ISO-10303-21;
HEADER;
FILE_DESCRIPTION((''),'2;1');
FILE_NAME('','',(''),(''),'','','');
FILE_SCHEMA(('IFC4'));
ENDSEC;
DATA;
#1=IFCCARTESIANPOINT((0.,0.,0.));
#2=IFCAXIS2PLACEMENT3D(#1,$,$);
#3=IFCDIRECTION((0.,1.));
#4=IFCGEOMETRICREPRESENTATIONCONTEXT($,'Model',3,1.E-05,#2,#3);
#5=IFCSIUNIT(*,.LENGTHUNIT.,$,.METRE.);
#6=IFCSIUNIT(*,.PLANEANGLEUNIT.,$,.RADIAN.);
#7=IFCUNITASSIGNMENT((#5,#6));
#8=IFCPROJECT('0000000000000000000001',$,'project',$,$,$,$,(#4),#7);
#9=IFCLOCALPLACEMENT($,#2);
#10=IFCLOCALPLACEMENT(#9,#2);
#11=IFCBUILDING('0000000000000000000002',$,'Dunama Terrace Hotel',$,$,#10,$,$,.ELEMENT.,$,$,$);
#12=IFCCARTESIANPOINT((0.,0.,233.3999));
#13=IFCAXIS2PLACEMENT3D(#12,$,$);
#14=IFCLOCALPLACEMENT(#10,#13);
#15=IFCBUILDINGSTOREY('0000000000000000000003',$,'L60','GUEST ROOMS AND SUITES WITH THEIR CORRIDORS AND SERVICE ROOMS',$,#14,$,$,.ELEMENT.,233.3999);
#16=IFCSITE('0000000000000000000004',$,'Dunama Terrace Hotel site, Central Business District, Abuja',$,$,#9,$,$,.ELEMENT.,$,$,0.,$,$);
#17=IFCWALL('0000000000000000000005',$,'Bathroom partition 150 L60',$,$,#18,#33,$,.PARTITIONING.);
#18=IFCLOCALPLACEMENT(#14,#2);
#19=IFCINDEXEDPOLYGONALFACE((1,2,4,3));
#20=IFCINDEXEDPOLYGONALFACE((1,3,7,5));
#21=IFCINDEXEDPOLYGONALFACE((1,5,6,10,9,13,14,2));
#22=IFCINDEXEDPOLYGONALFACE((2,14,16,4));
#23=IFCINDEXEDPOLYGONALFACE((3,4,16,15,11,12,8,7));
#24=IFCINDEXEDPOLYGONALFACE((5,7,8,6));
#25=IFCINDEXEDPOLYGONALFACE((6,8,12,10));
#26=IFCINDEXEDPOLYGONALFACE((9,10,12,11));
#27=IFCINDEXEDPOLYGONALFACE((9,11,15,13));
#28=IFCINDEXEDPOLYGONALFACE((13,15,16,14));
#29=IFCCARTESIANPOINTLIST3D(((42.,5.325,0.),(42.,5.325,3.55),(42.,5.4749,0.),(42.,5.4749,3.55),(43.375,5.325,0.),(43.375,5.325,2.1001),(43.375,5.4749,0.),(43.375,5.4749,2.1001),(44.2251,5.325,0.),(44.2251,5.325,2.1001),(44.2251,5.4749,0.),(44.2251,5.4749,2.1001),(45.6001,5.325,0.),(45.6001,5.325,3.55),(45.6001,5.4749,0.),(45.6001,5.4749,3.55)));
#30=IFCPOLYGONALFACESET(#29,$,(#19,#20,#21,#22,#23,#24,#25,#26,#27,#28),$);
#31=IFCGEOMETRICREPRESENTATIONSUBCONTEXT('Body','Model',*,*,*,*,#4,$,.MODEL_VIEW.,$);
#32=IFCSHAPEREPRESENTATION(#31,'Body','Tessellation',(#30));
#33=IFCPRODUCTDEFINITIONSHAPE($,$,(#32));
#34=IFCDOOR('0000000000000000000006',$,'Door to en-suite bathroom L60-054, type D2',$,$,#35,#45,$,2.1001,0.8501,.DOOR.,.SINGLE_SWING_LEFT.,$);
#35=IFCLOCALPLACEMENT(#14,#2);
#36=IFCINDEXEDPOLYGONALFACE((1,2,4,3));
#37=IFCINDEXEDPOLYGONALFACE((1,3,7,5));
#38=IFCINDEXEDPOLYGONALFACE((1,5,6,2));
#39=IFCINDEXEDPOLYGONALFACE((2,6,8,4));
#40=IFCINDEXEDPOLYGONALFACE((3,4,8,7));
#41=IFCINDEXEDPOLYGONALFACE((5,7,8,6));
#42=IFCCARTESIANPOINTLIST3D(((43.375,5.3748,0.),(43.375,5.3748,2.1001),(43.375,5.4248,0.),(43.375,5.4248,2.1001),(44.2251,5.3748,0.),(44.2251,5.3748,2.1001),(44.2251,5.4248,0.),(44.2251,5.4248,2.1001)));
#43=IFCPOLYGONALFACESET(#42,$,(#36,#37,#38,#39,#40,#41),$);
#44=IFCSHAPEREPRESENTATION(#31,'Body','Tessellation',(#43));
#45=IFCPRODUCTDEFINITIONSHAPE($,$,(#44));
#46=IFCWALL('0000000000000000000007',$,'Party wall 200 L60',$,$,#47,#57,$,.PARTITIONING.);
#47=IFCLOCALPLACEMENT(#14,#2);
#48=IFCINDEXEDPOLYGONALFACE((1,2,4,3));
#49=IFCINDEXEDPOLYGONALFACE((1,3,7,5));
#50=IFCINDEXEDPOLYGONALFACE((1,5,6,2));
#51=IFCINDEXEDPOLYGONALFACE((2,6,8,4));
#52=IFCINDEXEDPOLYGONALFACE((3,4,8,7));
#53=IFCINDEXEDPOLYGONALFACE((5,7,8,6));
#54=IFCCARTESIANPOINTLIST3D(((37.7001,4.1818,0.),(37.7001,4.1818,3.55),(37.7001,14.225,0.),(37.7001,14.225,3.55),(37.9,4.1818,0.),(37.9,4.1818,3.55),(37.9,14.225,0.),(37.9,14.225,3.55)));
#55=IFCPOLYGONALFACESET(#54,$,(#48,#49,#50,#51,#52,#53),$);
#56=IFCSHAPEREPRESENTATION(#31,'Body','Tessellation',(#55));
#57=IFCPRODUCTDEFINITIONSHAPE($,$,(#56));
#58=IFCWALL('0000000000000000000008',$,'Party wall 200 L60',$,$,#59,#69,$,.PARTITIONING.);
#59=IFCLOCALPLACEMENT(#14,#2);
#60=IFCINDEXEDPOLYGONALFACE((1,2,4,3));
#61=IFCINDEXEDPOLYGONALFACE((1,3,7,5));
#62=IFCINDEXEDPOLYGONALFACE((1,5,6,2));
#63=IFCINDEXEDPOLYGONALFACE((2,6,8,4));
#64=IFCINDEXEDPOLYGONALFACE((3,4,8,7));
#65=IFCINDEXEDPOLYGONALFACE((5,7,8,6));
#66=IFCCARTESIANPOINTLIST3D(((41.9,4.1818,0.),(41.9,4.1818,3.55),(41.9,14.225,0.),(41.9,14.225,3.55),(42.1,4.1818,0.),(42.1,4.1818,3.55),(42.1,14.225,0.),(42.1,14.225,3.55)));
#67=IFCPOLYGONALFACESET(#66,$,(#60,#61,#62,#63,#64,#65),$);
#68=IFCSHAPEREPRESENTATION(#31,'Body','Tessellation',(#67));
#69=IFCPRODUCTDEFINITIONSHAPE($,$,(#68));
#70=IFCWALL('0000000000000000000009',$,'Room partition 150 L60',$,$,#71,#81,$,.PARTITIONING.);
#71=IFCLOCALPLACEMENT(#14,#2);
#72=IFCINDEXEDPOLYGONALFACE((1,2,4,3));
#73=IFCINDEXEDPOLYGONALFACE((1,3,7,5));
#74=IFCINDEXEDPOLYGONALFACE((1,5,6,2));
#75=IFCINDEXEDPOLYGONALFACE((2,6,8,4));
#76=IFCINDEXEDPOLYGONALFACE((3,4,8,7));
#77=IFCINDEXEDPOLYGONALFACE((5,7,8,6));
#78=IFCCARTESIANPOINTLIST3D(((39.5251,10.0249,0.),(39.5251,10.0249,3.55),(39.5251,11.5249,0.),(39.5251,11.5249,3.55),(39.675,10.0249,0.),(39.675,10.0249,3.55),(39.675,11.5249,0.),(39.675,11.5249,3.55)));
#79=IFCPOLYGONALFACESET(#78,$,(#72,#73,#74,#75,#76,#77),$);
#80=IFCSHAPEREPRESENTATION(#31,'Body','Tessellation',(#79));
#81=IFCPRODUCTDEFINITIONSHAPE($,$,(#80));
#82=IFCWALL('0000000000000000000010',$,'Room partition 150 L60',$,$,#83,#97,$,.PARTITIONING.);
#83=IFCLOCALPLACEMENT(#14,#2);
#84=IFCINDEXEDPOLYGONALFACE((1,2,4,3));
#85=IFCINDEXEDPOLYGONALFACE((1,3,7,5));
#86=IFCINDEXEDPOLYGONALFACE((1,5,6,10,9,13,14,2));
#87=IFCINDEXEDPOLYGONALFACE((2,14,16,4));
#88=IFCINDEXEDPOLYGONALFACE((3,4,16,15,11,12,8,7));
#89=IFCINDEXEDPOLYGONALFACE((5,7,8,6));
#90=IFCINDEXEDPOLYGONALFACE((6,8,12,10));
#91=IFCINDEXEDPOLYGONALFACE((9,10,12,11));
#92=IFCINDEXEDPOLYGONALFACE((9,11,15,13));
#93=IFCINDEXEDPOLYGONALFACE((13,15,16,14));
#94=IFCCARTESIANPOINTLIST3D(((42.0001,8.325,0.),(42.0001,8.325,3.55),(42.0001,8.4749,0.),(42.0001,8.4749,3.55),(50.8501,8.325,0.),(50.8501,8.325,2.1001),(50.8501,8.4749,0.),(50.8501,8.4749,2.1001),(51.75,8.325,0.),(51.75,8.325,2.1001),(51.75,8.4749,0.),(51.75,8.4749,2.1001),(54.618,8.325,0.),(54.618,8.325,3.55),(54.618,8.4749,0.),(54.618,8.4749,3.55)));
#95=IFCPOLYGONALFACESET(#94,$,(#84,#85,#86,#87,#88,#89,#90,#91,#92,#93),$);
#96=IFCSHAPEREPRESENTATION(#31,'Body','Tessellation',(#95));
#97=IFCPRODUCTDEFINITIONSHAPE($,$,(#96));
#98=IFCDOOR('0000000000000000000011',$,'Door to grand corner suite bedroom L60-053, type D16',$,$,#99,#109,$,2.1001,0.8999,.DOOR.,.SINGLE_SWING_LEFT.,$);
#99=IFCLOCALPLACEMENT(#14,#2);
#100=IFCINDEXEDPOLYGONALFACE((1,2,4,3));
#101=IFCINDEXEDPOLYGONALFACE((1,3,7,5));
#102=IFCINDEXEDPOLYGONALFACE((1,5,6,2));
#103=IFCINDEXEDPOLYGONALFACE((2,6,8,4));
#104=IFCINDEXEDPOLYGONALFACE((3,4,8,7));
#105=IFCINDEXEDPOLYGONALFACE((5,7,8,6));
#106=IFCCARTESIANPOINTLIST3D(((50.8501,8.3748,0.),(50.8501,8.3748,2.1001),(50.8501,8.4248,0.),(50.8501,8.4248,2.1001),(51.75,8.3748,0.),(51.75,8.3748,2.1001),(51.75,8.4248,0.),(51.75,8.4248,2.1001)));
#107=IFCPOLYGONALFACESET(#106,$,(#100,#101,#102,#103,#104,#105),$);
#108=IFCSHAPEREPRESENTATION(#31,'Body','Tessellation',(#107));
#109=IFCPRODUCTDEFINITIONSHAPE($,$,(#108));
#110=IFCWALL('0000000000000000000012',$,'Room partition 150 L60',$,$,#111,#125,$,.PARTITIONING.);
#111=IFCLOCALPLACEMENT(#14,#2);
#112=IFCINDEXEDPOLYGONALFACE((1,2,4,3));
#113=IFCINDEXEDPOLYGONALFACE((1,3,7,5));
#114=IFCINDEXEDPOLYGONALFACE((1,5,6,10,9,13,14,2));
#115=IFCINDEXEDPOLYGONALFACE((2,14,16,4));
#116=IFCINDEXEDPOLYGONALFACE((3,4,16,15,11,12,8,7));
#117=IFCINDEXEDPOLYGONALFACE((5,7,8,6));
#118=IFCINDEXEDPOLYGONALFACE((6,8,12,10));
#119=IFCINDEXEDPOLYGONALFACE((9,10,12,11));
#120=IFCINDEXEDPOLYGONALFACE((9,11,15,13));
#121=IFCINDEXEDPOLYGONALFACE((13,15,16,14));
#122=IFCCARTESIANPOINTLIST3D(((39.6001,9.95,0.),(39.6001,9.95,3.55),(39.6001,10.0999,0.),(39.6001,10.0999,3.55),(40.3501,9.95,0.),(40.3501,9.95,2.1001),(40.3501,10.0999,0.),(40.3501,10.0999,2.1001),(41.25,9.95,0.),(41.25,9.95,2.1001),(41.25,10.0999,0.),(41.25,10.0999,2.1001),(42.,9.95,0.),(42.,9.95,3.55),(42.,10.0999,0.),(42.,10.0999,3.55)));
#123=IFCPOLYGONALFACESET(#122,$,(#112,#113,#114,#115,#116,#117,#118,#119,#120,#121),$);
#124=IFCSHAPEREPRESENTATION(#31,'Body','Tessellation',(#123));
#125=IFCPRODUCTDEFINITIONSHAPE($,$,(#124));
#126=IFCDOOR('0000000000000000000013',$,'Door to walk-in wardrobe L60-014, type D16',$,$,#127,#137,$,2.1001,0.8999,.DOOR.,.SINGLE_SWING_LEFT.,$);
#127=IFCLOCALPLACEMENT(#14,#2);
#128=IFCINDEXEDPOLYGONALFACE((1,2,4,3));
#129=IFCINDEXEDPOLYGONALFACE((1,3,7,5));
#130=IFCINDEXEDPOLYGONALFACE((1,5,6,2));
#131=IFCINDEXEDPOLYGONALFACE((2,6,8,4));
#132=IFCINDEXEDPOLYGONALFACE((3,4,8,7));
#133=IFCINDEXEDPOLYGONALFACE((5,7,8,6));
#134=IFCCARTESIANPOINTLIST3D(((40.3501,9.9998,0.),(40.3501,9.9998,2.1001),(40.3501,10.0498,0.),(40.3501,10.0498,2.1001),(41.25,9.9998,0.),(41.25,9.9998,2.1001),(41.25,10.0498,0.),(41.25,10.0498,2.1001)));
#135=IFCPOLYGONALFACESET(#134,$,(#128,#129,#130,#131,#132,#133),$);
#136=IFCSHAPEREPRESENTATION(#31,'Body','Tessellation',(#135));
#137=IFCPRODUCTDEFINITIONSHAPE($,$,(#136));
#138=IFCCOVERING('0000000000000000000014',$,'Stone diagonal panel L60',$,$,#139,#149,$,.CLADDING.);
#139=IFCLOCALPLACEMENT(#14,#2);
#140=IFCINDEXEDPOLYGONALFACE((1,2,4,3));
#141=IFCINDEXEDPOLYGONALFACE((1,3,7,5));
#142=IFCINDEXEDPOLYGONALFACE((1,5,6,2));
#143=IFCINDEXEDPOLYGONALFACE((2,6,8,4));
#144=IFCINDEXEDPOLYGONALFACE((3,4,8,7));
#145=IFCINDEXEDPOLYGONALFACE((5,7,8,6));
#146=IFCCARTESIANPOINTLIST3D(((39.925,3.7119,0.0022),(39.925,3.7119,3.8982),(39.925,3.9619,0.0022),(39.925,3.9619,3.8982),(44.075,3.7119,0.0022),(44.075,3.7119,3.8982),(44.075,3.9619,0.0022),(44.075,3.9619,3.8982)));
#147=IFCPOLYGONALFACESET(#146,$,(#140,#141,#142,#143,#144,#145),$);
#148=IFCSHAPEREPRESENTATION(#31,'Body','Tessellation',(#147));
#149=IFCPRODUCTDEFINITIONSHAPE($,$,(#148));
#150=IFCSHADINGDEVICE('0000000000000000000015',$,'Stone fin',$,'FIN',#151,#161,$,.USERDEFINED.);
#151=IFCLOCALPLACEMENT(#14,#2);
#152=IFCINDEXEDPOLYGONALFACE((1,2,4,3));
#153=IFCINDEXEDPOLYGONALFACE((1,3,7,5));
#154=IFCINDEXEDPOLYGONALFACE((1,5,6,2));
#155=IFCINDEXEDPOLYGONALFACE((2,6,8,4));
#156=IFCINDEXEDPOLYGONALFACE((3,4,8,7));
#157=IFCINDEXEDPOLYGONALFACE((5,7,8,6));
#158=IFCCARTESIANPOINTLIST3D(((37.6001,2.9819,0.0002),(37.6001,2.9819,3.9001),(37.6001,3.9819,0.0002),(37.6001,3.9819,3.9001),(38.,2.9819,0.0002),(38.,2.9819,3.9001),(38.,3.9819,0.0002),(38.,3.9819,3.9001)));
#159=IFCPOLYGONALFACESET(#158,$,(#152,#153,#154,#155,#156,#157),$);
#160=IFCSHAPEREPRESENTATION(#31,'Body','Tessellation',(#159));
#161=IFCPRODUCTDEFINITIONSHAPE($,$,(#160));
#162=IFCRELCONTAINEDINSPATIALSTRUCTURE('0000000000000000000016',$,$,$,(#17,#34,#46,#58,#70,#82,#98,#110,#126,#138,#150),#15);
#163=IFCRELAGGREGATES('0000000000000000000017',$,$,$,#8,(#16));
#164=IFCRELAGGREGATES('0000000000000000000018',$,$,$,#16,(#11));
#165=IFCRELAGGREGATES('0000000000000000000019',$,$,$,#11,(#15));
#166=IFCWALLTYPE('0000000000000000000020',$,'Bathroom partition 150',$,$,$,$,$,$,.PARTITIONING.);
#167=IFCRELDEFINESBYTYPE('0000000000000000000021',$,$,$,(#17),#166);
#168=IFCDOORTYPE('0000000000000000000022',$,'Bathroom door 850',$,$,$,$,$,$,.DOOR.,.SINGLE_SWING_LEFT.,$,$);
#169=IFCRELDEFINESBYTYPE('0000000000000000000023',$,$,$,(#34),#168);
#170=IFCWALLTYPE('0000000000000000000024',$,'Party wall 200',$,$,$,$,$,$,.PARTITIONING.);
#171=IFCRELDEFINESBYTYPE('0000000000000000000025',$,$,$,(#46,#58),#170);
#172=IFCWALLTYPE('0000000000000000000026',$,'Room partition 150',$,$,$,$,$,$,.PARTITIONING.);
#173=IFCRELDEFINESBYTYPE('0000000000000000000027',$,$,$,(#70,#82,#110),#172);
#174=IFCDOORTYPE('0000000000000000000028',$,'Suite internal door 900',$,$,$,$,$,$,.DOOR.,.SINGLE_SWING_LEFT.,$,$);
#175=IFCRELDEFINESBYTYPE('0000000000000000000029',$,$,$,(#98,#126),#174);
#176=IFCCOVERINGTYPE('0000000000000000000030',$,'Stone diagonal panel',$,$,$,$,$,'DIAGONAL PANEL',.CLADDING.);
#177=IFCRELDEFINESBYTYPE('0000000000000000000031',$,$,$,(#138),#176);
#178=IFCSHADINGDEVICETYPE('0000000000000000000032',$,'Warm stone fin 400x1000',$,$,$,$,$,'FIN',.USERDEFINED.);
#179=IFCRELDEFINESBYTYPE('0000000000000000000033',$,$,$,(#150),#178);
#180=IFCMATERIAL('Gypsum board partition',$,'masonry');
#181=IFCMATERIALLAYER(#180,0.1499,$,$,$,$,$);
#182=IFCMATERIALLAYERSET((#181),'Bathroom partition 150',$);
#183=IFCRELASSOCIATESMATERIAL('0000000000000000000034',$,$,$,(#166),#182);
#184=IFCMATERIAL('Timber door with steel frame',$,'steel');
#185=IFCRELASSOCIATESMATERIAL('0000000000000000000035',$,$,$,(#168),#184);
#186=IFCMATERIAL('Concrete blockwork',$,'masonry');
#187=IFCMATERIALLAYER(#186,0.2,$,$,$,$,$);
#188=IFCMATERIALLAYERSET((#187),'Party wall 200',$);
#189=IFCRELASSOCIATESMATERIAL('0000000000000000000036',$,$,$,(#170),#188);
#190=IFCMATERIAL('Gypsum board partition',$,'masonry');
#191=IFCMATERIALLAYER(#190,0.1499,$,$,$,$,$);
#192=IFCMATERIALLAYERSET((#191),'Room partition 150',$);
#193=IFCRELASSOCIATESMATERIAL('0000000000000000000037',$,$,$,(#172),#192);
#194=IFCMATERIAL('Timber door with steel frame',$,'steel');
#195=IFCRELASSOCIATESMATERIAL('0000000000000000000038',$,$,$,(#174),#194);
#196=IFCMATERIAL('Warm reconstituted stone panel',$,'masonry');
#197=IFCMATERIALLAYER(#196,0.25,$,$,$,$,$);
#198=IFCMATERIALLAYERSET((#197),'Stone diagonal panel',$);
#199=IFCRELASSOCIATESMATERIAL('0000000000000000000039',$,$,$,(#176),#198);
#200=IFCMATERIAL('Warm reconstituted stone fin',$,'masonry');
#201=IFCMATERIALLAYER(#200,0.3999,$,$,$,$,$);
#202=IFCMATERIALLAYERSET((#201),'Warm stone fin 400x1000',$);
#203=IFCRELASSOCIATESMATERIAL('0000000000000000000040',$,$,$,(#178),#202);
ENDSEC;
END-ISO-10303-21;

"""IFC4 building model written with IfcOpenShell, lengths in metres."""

from ifc_helpers import new_model, si_unit, direction, frame, frame_2d, origin, origin_2d, place, context, subcontext, project, spatial, rectangle, extrude, material, layer, layer_set, type_object, element, fill, save


model = new_model("IFC4")

# Units and contexts
model_context = context("Model", 3, precision=1e-05, world=origin(), true_north=direction((0.0, 1.0)))
body_context = subcontext(model_context, "Body", "Model", "MODEL_VIEW")
ifc_project = project(units=[si_unit("LENGTHUNIT", "METRE"), si_unit("PLANEANGLEUNIT", "RADIAN")], contexts=[model_context])

# Site, building, storey
site_placement = place(None, origin())
site = spatial("IfcSite", under=ifc_project, at=site_placement, Name="Dunama Terrace Hotel site, Central Business District, Abuja", CompositionType="ELEMENT", RefElevation=0.0)
building_placement = place(site_placement, origin())
building = spatial("IfcBuilding", under=site, at=building_placement, Name="Dunama Terrace Hotel", CompositionType="ELEMENT")
storey_placement = place(building_placement, frame((0.0, 0.0, 233.3999)))
storey = spatial("IfcBuildingStorey", under=building, at=storey_placement, Name="L60", Description="GUEST ROOMS AND SUITES WITH THEIR CORRIDORS AND SERVICE ROOMS", CompositionType="ELEMENT", Elevation=233.3999)

# Wall, opening, door
ifc_material_1 = material(Name="Gypsum board partition", Category="masonry")
ifc_layer_1 = layer(ifc_material_1, 0.1499)
ifc_layer_set_1 = layer_set([ifc_layer_1], Name="Bathroom partition 150")
wall_type_1 = type_object("IfcWallType", Name="Bathroom partition 150", PredefinedType="PARTITIONING", material=ifc_layer_set_1)
wall_1_placement = place(storey_placement, frame((42.0, 5.3999, 0.0), z_axis=(0.0, 0.0, 1.0), x_axis=(1.0, 0.0, 0.0)))
wall_1 = element("IfcWall", 1, at=wall_1_placement, inside=storey, type_object=wall_type_1, Name="Bathroom partition 150 L60", PredefinedType="PARTITIONING", context=body_context, shape_type="SweptSolid", body=[
    extrude(rectangle(XDim=3.6001, YDim=0.1499, at=frame_2d((1.8, 0.0))), origin(), (0.0, 0.0, 1.0), 3.55),
])
opening_1_placement = place(wall_1_placement, frame((1.375, 0.0, 0.0)))
opening_1 = element("IfcOpeningElement", 2, at=opening_1_placement, cuts=wall_1, PredefinedType="OPENING", context=body_context, shape_type="SweptSolid", body=[
    extrude(rectangle(XDim=0.8501, YDim=2.1001, at=frame_2d((0.425, 1.05))), frame((0.0, 0.085, 0.0), z_axis=(0.0, -1.0, 0.0), x_axis=(1.0, 0.0, 0.0)), (0.0, 0.0, 1.0), 0.1699),
])
ifc_material_2 = material(Name="Timber door with steel frame", Category="steel")
door_type_1 = type_object("IfcDoorType", Name="Bathroom door 850", OperationType="SINGLE_SWING_LEFT", PredefinedType="DOOR", material=ifc_material_2)
door_1_placement = place(opening_1_placement, origin())
door_1 = element("IfcDoor", 3, at=door_1_placement, inside=storey, type_object=door_type_1, Name="Door to en-suite bathroom L60-054, type D2", OperationType="SINGLE_SWING_LEFT", OverallHeight=2.1001, OverallWidth=0.8501, PredefinedType="DOOR", context=body_context, shape_type="SweptSolid", body=[
    extrude(rectangle(XDim=0.8501, YDim=2.1001, at=frame_2d((0.425, 1.05))), frame((0.0, 0.0249, 0.0), z_axis=(0.0, -1.0, 0.0), x_axis=(1.0, 0.0, 0.0)), (0.0, 0.0, 1.0), 0.05),
])
fill(opening_1, door_1)

# Walls
ifc_material_3 = material(Name="Concrete blockwork", Category="masonry")
ifc_layer_2 = layer(ifc_material_3, 0.2)
ifc_layer_set_2 = layer_set([ifc_layer_2], Name="Party wall 200")
wall_type_2 = type_object("IfcWallType", Name="Party wall 200", PredefinedType="PARTITIONING", material=ifc_layer_set_2)
for number, where, z_axis, x_axis, name in (
    (4, (37.8, 4.1819, 0.0), (0.0, 0.0, 1.0), (0.0, 1.0, 0.0), "Party wall 200 L60"),
    (5, (42.0, 4.1819, 0.0), (0.0, 0.0, 1.0), (0.0, 1.0, 0.0), "Party wall 200 L60"),
):
    element("IfcWall", number, at=place(storey_placement, frame(where, z_axis=z_axis, x_axis=x_axis)), inside=storey, type_object=wall_type_2, Name=name, PredefinedType="PARTITIONING", context=body_context, shape_type="SweptSolid", body=[
        extrude(rectangle(XDim=10.0432, YDim=0.2, at=frame_2d((5.0215, 0.0))), origin(), (0.0, 0.0, 1.0), 3.55),
    ])
ifc_material_4 = material(Name="Gypsum board partition", Category="masonry")
ifc_layer_3 = layer(ifc_material_4, 0.1499)
ifc_layer_set_3 = layer_set([ifc_layer_3], Name="Room partition 150")
wall_type_3 = type_object("IfcWallType", Name="Room partition 150", PredefinedType="PARTITIONING", material=ifc_layer_set_3)
wall_2_placement = place(storey_placement, frame((39.6001, 10.0249, 0.0), z_axis=(0.0, 0.0, 1.0), x_axis=(0.0, 1.0, 0.0)))
element("IfcWall", 6, at=wall_2_placement, inside=storey, type_object=wall_type_3, Name="Room partition 150 L60", PredefinedType="PARTITIONING", context=body_context, shape_type="SweptSolid", body=[
    extrude(rectangle(XDim=1.5, YDim=0.1499, at=frame_2d((0.75, 0.0))), origin(), (0.0, 0.0, 1.0), 3.55),
])

# Walls, openings, doors
wall_3_placement = place(storey_placement, frame((42.0, 8.3999, 0.0), z_axis=(0.0, 0.0, 1.0), x_axis=(1.0, 0.0, 0.0)))
wall_3 = element("IfcWall", 7, at=wall_3_placement, inside=storey, type_object=wall_type_3, Name="Room partition 150 L60", PredefinedType="PARTITIONING", context=body_context, shape_type="SweptSolid", body=[
    extrude(rectangle(XDim=12.6179, YDim=0.1499, at=frame_2d((6.3091, 0.0))), origin(), (0.0, 0.0, 1.0), 3.55),
])
opening_2_placement = place(wall_3_placement, frame((8.8501, 0.0, 0.0)))
opening_2 = element("IfcOpeningElement", 8, at=opening_2_placement, cuts=wall_3, PredefinedType="OPENING", context=body_context, shape_type="SweptSolid", body=[
    extrude(rectangle(XDim=0.8999, YDim=2.1001, at=frame_2d((0.45, 1.05))), frame((0.0, 0.085, 0.0), z_axis=(0.0, -1.0, 0.0), x_axis=(1.0, 0.0, 0.0)), (0.0, 0.0, 1.0), 0.1699),
])
ifc_material_5 = material(Name="Timber door with steel frame", Category="steel")
door_type_2 = type_object("IfcDoorType", Name="Suite internal door 900", OperationType="SINGLE_SWING_LEFT", PredefinedType="DOOR", material=ifc_material_5)
door_2_placement = place(opening_2_placement, frame((0.8999, 0.0, 0.0), z_axis=(0.0, 0.0, 1.0), x_axis=(-1.0, 0.0, 0.0)))
door_2 = element("IfcDoor", 9, at=door_2_placement, inside=storey, type_object=door_type_2, Name="Door to grand corner suite bedroom L60-053, type D16", OperationType="SINGLE_SWING_LEFT", OverallHeight=2.1001, OverallWidth=0.8999, PredefinedType="DOOR", context=body_context, shape_type="SweptSolid", body=[
    extrude(rectangle(XDim=0.8999, YDim=2.1001, at=frame_2d((0.45, 1.05))), frame((0.0, 0.0251, 0.0), z_axis=(0.0, -1.0, 0.0), x_axis=(1.0, 0.0, 0.0)), (0.0, 0.0, 1.0), 0.05),
])
fill(opening_2, door_2)
wall_4_placement = place(storey_placement, frame((39.6001, 10.0249, 0.0), z_axis=(0.0, 0.0, 1.0), x_axis=(1.0, 0.0, 0.0)))
wall_4 = element("IfcWall", 10, at=wall_4_placement, inside=storey, type_object=wall_type_3, Name="Room partition 150 L60", PredefinedType="PARTITIONING", context=body_context, shape_type="SweptSolid", body=[
    extrude(rectangle(XDim=2.3999, YDim=0.1499, at=frame_2d((1.2, 0.0))), origin(), (0.0, 0.0, 1.0), 3.55),
])
opening_3_placement = place(wall_4_placement, frame((0.75, 0.0, 0.0)))
opening_3 = element("IfcOpeningElement", 11, at=opening_3_placement, cuts=wall_4, PredefinedType="OPENING", context=body_context, shape_type="SweptSolid", body=[
    extrude(rectangle(XDim=0.8999, YDim=2.1001, at=frame_2d((0.45, 1.05))), frame((0.0, 0.085, 0.0), z_axis=(0.0, -1.0, 0.0), x_axis=(1.0, 0.0, 0.0)), (0.0, 0.0, 1.0), 0.1699),
])
door_3_placement = place(opening_3_placement, origin())
door_3 = element("IfcDoor", 12, at=door_3_placement, inside=storey, type_object=door_type_2, Name="Door to walk-in wardrobe L60-014, type D16", OperationType="SINGLE_SWING_LEFT", OverallHeight=2.1001, OverallWidth=0.8999, PredefinedType="DOOR", context=body_context, shape_type="SweptSolid", body=[
    extrude(rectangle(XDim=0.8999, YDim=2.1001, at=frame_2d((0.45, 1.05))), frame((0.0, 0.0249, 0.0), z_axis=(0.0, -1.0, 0.0), x_axis=(1.0, 0.0, 0.0)), (0.0, 0.0, 1.0), 0.05),
])
fill(opening_3, door_3)

# Covering
ifc_material_6 = material(Name="Warm reconstituted stone panel", Category="masonry")
ifc_layer_4 = layer(ifc_material_6, 0.25)
ifc_layer_set_4 = layer_set([ifc_layer_4], Name="Stone diagonal panel")
covering_type = type_object("IfcCoveringType", Name="Stone diagonal panel", ElementType="DIAGONAL PANEL", PredefinedType="CLADDING", material=ifc_layer_set_4)
covering_placement = place(storey_placement, frame((42.0, 3.8369, 0.0022), z_axis=(0.0, 0.0, 1.0), x_axis=(1.0, 0.0, 0.0)))
element("IfcCovering", 13, at=covering_placement, inside=storey, type_object=covering_type, Name="Stone diagonal panel L60", PredefinedType="CLADDING", context=body_context, shape_type="SweptSolid", body=[
    extrude(rectangle(XDim=4.1499, YDim=0.25, at=origin_2d()), origin(), (0.0, 0.0, 1.0), 3.896),
])

# Shading device
ifc_material_7 = material(Name="Warm reconstituted stone fin", Category="masonry")
ifc_layer_5 = layer(ifc_material_7, 0.3999)
ifc_layer_set_5 = layer_set([ifc_layer_5], Name="Warm stone fin 400x1000")
shading_device_type = type_object("IfcShadingDeviceType", Name="Warm stone fin 400x1000", ElementType="FIN", PredefinedType="USERDEFINED", material=ifc_layer_set_5)
shading_device_placement = place(storey_placement, frame((37.8, 3.4819, 0.0002), z_axis=(0.0, 0.0, 1.0), x_axis=(1.0, 0.0, 0.0)))
element("IfcShadingDevice", 14, at=shading_device_placement, inside=storey, type_object=shading_device_type, Name="Stone fin", ObjectType="FIN", PredefinedType="USERDEFINED", context=body_context, shape_type="SweptSolid", body=[
    extrude(rectangle(XDim=0.3999, YDim=1.0, at=origin_2d()), origin(), (0.0, 0.0, 1.0), 3.8999),
])

save(model, "model.ifc")
